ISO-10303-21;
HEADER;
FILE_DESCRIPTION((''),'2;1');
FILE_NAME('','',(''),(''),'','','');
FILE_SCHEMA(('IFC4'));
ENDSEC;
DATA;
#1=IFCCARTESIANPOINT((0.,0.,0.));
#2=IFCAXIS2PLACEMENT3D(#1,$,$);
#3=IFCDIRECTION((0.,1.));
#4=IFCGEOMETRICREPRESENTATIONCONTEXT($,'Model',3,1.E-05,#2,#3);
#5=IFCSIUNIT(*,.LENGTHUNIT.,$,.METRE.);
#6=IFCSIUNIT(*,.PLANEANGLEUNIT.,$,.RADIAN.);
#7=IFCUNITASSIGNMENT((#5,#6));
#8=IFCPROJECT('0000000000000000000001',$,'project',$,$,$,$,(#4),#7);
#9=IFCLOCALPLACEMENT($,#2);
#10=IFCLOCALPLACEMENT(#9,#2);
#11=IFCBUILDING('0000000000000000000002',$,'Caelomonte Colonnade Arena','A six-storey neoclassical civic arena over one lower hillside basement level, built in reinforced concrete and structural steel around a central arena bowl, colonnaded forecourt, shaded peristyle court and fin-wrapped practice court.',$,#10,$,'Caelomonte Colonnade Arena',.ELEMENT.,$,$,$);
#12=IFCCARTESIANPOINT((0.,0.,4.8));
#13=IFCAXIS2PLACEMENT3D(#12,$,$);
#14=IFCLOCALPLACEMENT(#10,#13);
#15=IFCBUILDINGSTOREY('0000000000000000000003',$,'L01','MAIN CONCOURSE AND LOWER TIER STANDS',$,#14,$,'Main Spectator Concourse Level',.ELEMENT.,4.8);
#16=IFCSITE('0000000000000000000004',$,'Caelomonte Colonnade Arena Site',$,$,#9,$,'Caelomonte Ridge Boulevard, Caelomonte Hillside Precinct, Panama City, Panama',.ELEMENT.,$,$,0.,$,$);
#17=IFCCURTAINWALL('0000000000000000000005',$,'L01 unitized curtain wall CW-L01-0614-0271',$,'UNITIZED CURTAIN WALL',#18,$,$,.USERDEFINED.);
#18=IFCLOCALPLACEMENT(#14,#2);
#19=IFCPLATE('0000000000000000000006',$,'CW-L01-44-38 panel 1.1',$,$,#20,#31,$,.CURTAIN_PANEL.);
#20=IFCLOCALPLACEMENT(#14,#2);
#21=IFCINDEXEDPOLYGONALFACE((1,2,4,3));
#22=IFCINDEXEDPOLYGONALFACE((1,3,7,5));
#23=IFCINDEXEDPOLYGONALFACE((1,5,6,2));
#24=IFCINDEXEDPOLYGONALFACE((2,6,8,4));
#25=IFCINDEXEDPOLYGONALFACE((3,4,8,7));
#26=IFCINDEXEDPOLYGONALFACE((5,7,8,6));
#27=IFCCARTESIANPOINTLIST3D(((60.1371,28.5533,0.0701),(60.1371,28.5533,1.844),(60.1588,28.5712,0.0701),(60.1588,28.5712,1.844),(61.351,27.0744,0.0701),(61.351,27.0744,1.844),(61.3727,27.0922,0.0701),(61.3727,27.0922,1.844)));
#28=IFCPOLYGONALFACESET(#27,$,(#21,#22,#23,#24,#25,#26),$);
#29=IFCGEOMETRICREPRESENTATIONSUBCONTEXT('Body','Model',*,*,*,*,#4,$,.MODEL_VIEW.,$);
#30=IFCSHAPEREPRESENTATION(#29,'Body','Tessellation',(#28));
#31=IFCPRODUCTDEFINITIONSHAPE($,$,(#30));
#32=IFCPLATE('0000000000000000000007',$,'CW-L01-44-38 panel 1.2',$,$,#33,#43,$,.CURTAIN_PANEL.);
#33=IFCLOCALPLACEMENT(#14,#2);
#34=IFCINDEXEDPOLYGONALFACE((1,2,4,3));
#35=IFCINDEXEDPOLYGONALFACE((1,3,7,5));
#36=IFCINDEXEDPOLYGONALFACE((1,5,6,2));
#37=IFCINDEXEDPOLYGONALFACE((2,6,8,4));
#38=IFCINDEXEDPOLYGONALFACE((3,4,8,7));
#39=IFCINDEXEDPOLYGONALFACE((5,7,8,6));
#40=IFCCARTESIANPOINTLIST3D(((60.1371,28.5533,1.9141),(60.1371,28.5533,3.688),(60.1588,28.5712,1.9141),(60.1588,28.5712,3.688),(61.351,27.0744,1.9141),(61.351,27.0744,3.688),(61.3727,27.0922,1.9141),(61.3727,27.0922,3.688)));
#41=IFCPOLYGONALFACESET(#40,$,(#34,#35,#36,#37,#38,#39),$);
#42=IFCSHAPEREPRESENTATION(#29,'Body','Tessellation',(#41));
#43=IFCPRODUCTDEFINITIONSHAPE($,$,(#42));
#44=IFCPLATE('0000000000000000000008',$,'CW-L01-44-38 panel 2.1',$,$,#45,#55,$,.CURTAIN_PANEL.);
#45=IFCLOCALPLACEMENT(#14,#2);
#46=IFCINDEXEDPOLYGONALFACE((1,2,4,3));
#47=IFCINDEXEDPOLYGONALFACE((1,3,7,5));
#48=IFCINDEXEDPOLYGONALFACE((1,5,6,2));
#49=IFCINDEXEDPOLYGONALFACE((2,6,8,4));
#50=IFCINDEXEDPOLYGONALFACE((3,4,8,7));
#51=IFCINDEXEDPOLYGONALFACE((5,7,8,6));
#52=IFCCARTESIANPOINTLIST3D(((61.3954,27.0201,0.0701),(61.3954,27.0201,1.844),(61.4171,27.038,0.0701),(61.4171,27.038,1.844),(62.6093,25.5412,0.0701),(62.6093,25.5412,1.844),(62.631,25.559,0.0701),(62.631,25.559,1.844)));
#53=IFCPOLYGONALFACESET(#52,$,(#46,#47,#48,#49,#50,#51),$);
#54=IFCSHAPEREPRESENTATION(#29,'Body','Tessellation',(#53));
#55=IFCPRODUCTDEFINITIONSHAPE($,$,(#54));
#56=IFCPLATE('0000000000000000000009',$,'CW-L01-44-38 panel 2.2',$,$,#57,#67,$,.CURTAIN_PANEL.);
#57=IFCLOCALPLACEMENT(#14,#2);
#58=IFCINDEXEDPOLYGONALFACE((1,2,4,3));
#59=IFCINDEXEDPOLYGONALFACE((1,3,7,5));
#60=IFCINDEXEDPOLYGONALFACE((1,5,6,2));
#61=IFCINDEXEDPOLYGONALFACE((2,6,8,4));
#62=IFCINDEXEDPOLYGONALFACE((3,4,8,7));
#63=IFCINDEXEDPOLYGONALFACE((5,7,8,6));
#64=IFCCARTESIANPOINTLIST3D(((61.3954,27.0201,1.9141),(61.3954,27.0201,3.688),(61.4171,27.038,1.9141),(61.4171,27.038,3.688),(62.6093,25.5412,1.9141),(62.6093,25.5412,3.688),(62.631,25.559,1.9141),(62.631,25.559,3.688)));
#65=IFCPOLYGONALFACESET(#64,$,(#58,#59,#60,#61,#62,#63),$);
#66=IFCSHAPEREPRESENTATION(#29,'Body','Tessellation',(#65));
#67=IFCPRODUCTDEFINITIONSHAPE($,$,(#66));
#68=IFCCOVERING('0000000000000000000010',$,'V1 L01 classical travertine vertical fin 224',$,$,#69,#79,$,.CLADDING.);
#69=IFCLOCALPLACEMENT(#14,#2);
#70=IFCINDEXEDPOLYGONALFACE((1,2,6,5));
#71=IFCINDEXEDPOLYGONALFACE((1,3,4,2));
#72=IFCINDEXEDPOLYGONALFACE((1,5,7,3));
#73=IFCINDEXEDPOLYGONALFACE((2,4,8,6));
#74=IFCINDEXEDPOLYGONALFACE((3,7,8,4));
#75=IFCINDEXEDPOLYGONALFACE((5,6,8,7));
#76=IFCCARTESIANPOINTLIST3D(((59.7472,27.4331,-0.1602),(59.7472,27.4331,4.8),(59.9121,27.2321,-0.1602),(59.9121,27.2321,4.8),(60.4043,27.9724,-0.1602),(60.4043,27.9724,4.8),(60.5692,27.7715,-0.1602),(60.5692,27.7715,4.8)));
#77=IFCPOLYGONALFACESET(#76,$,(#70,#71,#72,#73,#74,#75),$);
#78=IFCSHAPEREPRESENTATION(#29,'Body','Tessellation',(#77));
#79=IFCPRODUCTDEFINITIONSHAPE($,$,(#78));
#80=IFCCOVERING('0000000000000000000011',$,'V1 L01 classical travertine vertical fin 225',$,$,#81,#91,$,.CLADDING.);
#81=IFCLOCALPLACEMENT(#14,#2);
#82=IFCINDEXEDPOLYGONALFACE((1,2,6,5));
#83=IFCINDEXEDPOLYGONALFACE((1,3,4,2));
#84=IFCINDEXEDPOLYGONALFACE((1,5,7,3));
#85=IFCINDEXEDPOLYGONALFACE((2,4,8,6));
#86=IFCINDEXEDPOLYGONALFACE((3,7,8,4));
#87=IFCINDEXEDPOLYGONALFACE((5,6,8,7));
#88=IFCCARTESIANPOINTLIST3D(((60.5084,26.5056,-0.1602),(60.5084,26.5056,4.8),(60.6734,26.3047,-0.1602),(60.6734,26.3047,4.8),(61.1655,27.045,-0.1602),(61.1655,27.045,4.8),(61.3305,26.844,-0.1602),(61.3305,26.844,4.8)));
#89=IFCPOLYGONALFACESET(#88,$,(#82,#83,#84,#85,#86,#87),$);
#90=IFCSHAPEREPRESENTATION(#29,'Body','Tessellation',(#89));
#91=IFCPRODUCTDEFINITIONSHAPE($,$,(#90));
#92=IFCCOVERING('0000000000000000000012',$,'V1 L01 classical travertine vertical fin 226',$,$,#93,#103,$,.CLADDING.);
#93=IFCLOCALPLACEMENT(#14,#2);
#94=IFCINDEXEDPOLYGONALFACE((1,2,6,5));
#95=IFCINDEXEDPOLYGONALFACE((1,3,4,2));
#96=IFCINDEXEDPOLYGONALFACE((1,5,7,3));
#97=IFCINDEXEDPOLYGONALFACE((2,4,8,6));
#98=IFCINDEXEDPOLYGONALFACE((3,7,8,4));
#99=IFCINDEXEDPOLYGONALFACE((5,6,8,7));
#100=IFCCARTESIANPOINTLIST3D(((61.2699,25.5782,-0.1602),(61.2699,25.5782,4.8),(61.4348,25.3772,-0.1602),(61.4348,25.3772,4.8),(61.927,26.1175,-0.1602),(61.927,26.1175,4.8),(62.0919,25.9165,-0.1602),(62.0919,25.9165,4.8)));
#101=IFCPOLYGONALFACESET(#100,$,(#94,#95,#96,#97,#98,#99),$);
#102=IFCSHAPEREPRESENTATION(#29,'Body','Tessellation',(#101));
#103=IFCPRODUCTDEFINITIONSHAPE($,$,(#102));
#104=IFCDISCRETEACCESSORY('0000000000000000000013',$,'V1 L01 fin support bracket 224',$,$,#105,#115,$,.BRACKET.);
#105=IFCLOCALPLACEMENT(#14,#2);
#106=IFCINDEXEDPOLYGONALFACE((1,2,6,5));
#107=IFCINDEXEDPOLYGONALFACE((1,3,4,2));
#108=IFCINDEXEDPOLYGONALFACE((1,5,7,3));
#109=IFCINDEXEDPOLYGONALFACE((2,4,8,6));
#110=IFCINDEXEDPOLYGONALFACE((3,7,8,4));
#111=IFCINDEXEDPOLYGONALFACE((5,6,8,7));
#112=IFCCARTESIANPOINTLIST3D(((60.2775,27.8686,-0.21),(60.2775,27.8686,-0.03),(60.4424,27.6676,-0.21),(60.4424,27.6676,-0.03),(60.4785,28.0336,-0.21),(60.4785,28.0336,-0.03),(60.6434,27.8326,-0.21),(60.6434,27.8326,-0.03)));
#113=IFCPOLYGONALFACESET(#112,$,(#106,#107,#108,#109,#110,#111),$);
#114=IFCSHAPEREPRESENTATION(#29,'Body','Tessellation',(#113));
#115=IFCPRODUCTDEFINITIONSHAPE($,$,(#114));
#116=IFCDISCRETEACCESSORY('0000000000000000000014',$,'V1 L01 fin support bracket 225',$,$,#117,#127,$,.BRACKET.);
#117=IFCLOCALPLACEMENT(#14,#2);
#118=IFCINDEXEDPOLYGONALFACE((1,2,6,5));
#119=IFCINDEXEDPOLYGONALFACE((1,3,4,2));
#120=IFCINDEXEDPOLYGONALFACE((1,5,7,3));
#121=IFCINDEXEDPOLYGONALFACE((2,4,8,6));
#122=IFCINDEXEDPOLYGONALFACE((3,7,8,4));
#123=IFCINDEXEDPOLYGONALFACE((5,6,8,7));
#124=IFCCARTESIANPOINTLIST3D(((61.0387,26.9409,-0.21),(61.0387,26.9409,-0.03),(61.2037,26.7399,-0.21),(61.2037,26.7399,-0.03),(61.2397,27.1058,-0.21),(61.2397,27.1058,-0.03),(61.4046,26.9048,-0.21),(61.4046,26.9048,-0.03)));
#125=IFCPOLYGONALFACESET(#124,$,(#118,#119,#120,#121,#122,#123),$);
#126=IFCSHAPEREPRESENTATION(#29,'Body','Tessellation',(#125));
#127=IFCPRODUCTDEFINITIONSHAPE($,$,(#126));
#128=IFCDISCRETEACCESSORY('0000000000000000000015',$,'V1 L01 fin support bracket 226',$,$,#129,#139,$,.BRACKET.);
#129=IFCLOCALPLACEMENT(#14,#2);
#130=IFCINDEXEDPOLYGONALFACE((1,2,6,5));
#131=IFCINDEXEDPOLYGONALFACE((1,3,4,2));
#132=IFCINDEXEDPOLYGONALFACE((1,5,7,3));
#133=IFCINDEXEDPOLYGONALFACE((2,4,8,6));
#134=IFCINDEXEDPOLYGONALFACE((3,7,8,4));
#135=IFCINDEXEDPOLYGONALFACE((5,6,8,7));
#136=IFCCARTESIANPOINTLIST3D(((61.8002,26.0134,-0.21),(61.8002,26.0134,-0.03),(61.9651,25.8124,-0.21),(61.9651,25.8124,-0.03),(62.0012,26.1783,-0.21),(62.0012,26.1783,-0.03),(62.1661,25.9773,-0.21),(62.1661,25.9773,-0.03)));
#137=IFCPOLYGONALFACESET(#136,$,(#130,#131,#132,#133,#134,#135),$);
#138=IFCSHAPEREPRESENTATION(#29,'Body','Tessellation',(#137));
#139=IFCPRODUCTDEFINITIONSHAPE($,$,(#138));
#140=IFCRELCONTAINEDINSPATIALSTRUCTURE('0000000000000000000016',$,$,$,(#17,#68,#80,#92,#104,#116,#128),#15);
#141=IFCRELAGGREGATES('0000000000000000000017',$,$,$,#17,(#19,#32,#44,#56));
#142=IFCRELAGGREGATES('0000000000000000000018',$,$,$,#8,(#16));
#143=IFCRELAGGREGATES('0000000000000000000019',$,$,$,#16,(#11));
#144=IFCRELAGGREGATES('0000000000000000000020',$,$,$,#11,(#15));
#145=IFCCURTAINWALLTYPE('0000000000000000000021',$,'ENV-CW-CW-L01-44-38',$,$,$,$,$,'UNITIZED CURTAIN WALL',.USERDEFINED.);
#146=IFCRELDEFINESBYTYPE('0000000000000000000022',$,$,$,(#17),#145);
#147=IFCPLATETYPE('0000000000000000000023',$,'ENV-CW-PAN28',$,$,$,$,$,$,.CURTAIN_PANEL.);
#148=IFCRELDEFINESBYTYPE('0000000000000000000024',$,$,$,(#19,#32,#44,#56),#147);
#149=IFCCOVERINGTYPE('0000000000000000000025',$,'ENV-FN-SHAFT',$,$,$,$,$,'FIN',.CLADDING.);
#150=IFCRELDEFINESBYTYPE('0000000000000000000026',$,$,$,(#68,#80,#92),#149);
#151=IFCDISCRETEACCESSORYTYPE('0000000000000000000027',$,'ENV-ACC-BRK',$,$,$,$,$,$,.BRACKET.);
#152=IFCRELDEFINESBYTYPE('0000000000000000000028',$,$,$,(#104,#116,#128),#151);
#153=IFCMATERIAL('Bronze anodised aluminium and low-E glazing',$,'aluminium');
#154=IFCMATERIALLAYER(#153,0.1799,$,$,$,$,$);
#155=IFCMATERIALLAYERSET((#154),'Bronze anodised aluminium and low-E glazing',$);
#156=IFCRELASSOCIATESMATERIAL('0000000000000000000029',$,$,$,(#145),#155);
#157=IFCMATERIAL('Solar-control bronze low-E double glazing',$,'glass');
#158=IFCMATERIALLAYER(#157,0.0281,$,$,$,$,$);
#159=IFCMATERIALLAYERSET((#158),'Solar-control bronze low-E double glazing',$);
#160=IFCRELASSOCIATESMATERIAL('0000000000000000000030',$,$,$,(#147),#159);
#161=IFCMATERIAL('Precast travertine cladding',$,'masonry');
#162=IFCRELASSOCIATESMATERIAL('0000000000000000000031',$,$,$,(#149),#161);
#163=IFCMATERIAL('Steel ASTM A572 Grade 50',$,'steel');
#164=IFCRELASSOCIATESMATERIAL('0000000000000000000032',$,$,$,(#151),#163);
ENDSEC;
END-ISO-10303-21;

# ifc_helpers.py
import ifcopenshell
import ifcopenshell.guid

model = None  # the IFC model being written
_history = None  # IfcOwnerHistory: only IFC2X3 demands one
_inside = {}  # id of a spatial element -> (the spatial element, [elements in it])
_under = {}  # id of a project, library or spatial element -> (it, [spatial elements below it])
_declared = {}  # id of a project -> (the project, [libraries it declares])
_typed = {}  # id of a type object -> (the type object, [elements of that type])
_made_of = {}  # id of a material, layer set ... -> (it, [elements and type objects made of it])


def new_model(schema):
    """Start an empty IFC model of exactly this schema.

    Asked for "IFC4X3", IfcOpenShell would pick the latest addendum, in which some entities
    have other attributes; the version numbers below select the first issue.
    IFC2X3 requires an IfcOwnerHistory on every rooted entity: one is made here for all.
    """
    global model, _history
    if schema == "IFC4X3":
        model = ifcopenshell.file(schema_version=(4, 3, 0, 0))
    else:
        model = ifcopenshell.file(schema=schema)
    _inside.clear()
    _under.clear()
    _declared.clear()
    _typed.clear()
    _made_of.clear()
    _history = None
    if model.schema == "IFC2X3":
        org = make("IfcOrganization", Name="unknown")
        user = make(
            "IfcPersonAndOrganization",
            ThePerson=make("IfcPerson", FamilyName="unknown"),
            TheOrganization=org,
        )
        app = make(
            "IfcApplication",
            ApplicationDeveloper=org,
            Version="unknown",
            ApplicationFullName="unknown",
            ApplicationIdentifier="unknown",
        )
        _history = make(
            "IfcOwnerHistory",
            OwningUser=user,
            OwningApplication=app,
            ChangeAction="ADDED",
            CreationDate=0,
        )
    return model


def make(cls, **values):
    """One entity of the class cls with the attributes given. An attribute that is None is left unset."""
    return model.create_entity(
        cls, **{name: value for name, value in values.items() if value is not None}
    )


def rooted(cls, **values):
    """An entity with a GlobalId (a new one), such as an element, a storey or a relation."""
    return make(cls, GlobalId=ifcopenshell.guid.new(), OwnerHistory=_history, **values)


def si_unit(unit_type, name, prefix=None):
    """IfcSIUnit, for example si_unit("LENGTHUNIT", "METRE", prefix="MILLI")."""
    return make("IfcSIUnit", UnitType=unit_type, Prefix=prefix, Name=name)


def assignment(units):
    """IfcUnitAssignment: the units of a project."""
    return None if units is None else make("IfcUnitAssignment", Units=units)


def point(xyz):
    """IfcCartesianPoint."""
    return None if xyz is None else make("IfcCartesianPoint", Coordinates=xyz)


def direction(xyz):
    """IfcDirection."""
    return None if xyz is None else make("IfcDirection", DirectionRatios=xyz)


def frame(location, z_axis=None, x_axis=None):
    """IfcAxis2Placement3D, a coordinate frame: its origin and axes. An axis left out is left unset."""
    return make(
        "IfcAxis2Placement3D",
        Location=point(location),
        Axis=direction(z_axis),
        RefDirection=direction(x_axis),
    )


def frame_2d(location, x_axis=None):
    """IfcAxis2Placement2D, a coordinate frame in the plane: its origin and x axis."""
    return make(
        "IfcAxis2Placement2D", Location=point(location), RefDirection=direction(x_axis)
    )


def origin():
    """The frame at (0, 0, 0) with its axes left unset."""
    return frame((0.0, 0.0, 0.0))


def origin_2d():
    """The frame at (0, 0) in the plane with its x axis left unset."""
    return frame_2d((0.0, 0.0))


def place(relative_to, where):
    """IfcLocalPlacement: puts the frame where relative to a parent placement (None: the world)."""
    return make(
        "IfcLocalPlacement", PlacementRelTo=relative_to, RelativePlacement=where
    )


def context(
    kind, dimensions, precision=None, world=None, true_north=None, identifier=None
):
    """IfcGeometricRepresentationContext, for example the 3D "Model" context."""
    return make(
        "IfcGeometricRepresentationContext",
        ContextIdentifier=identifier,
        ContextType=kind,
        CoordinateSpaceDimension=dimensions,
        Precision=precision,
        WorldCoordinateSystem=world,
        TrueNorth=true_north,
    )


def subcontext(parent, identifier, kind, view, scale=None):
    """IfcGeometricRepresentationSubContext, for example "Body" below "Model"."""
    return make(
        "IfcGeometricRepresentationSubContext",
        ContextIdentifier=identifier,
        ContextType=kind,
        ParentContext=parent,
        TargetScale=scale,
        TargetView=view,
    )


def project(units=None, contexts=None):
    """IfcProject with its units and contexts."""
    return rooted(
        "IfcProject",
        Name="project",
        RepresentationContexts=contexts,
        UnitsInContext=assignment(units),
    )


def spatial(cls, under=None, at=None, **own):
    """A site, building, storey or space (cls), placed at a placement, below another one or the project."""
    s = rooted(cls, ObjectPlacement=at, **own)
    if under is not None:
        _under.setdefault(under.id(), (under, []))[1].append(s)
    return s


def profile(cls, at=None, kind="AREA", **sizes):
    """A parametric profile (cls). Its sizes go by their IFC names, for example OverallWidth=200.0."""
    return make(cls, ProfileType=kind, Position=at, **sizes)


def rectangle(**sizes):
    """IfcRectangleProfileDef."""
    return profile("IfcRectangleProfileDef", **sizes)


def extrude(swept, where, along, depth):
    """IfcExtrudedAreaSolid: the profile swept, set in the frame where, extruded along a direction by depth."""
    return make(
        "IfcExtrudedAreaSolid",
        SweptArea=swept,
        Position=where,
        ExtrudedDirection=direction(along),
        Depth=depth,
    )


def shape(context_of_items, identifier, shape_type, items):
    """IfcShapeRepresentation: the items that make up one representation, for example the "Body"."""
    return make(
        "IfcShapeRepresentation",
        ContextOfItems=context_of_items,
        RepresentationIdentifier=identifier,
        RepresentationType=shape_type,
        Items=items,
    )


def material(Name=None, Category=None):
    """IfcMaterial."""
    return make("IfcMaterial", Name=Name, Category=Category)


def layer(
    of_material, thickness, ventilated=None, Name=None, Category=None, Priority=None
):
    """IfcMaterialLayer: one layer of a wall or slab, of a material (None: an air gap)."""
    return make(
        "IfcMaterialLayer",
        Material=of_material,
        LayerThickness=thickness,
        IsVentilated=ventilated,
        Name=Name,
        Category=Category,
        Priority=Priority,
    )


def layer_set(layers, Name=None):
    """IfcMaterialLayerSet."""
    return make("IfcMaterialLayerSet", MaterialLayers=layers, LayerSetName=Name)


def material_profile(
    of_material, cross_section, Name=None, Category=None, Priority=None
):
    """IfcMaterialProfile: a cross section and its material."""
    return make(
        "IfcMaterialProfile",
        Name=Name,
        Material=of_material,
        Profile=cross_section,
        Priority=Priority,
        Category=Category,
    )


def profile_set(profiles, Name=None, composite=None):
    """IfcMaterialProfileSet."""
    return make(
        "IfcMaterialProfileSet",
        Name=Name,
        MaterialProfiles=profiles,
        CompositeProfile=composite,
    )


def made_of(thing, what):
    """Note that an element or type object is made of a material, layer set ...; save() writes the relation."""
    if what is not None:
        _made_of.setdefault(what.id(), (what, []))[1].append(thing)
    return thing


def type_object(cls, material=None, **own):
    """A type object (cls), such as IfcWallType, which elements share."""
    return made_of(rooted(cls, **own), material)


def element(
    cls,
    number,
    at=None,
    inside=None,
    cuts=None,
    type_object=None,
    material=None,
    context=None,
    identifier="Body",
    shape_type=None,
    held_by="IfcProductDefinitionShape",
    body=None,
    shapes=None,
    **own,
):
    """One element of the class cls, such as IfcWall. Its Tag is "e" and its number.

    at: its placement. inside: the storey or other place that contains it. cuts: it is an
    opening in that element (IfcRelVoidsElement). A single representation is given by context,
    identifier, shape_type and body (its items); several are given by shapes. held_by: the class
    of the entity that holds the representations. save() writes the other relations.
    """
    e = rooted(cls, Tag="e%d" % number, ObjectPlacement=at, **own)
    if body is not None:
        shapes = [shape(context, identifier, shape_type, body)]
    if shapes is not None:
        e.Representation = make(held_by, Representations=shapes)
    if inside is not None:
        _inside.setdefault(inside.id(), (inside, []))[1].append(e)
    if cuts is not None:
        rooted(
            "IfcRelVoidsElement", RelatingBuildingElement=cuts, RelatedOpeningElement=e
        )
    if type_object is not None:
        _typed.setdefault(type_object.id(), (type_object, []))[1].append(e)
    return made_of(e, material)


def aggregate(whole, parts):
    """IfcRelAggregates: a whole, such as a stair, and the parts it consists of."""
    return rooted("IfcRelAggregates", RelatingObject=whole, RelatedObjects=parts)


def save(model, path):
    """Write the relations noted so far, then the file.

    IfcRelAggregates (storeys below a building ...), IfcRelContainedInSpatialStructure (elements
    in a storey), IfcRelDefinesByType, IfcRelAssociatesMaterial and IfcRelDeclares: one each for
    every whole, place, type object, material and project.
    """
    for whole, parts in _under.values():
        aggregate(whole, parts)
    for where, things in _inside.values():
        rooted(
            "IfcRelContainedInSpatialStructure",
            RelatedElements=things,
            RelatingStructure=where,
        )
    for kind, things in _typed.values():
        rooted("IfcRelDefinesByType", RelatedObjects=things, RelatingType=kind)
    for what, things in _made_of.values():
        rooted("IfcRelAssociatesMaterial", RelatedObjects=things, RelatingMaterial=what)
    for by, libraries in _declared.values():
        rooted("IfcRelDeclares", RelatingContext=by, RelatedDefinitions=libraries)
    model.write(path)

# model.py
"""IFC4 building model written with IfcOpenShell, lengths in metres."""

from ifc_helpers import new_model, si_unit, direction, frame, origin, origin_2d, place, context, subcontext, project, spatial, rectangle, extrude, material, layer, layer_set, material_profile, profile_set, type_object, element, aggregate, save


model = new_model("IFC4")

# Units and contexts
model_context = context("Model", 3, precision=1e-05, world=origin(), true_north=direction((0.0, 1.0)))
body_context = subcontext(model_context, "Body", "Model", "MODEL_VIEW")
ifc_project = project(units=[si_unit("LENGTHUNIT", "METRE"), si_unit("PLANEANGLEUNIT", "RADIAN")], contexts=[model_context])

# Site, building, storey
site_placement = place(None, origin())
site = spatial("IfcSite", under=ifc_project, at=site_placement, Name="Caelomonte Colonnade Arena Site", LongName="Caelomonte Ridge Boulevard, Caelomonte Hillside Precinct, Panama City, Panama", CompositionType="ELEMENT", RefElevation=0.0)
building_placement = place(site_placement, origin())
building = spatial("IfcBuilding", under=site, at=building_placement, Name="Caelomonte Colonnade Arena", Description="A six-storey neoclassical civic arena over one lower hillside basement level, built in reinforced concrete and structural steel around a central arena bowl, colonnaded forecourt, shaded peristyle court and fin-wrapped practice court.", LongName="Caelomonte Colonnade Arena", CompositionType="ELEMENT")
storey_placement = place(building_placement, frame((0.0, 0.0, 4.8)))
storey = spatial("IfcBuildingStorey", under=building, at=storey_placement, Name="L01", Description="MAIN CONCOURSE AND LOWER TIER STANDS", LongName="Main Spectator Concourse Level", CompositionType="ELEMENT", Elevation=4.8)

# Shared definitions
ifc_material_1 = material(Name="Bronze anodised aluminium and low-E glazing", Category="aluminium")
ifc_layer_1 = layer(ifc_material_1, 0.1799)
ifc_layer_set_1 = layer_set([ifc_layer_1], Name="Bronze anodised aluminium and low-E glazing")
curtain_wall_type_1 = type_object("IfcCurtainWallType", Name="ENV-CW-CW-L01-44-38", ElementType="UNITIZED CURTAIN WALL", PredefinedType="USERDEFINED", material=ifc_layer_set_1)

# Curtain wall
curtain_wall_1_placement = place(storey_placement, origin())
curtain_wall_1 = element("IfcCurtainWall", 1, at=curtain_wall_1_placement, inside=storey, type_object=curtain_wall_type_1, Name="L01 unitized curtain wall CW-L01-0614-0271", ObjectType="UNITIZED CURTAIN WALL", PredefinedType="USERDEFINED")

# Plates
ifc_material_2 = material(Name="Solar-control bronze low-E double glazing", Category="glass")
ifc_layer_2 = layer(ifc_material_2, 0.0281)
ifc_layer_set_2 = layer_set([ifc_layer_2], Name="Solar-control bronze low-E double glazing")
plate_type = type_object("IfcPlateType", Name="ENV-CW-PAN28", PredefinedType="CURTAIN_PANEL", material=ifc_layer_set_2)
plate_1_placement = place(storey_placement, frame((60.7549, 27.8228, 0.0701), z_axis=(0.0, 0.0, 1.0), x_axis=(0.634416, -0.772992, 0.0)))
plate_1 = element("IfcPlate", 2, at=plate_1_placement, type_object=plate_type, Name="CW-L01-44-38 panel 1.1", PredefinedType="CURTAIN_PANEL", context=body_context, shape_type="SweptSolid", body=[
    extrude(rectangle(XDim=1.9133, YDim=0.0281, at=origin_2d()), origin(), (0.0, 0.0, 1.0), 1.7739),
])
plate_2_placement = place(storey_placement, frame((60.7549, 27.8228, 1.9141), z_axis=(0.0, 0.0, 1.0), x_axis=(0.634416, -0.772992, 0.0)))
plate_2 = element("IfcPlate", 3, at=plate_2_placement, type_object=plate_type, Name="CW-L01-44-38 panel 1.2", PredefinedType="CURTAIN_PANEL", context=body_context, shape_type="SweptSolid", body=[
    extrude(rectangle(XDim=1.9133, YDim=0.0281, at=origin_2d()), origin(), (0.0, 0.0, 1.0), 1.7739),
])
plate_3_placement = place(storey_placement, frame((62.0132, 26.2896, 0.0701), z_axis=(0.0, 0.0, 1.0), x_axis=(0.634416, -0.772992, 0.0)))
plate_3 = element("IfcPlate", 4, at=plate_3_placement, type_object=plate_type, Name="CW-L01-44-38 panel 2.1", PredefinedType="CURTAIN_PANEL", context=body_context, shape_type="SweptSolid", body=[
    extrude(rectangle(XDim=1.9133, YDim=0.0281, at=origin_2d()), origin(), (0.0, 0.0, 1.0), 1.7739),
])
plate_4_placement = place(storey_placement, frame((62.0132, 26.2896, 1.9141), z_axis=(0.0, 0.0, 1.0), x_axis=(0.634416, -0.772992, 0.0)))
plate_4 = element("IfcPlate", 5, at=plate_4_placement, type_object=plate_type, Name="CW-L01-44-38 panel 2.2", PredefinedType="CURTAIN_PANEL", context=body_context, shape_type="SweptSolid", body=[
    extrude(rectangle(XDim=1.9133, YDim=0.0281, at=origin_2d()), origin(), (0.0, 0.0, 1.0), 1.7739),
])
aggregate(curtain_wall_1, [plate_1, plate_2, plate_3, plate_4])

# Coverings
ifc_material_3 = material(Name="Precast travertine cladding", Category="masonry")
ifc_material_profile_1 = material_profile(ifc_material_3, rectangle(XDim=0.26, YDim=0.8501, at=origin_2d()), Name="FIN260X850")
ifc_profile_set_1 = profile_set([ifc_material_profile_1], Name="Precast travertine cladding")
covering_type = type_object("IfcCoveringType", Name="ENV-FN-SHAFT", ElementType="FIN", PredefinedType="CLADDING", material=ifc_profile_set_1)
for number, where, z_axis, x_axis, name in (
    (6, (60.1582, 27.6023, -0.1602), (0.0, 0.0, 1.0), (-0.634414, 0.772994, 0.0), "V1 L01 classical travertine vertical fin 224"),
    (7, (60.9194, 26.6748, -0.1602), (0.0, 0.0, 1.0), (-0.634414, 0.772994, 0.0), "V1 L01 classical travertine vertical fin 225"),
    (8, (61.6809, 25.7473, -0.1602), (0.0, 0.0, 1.0), (-0.634414, 0.772994, 0.0), "V1 L01 classical travertine vertical fin 226"),
):
    element("IfcCovering", number, at=place(storey_placement, frame(where, z_axis=z_axis, x_axis=x_axis)), inside=storey, type_object=covering_type, Name=name, PredefinedType="CLADDING", context=body_context, shape_type="SweptSolid", body=[
        extrude(rectangle(XDim=0.26, YDim=0.8501, at=origin_2d()), origin(), (0.0, 0.0, 1.0), 4.9602),
    ])

# Discrete accessories
ifc_material_4 = material(Name="Steel ASTM A572 Grade 50", Category="steel")
discrete_accessory_type = type_object("IfcDiscreteAccessoryType", Name="ENV-ACC-BRK", PredefinedType="BRACKET", material=ifc_material_4)
for number, where, z_axis, x_axis, name in (
    (9, (60.4604, 27.8506, -0.21), (0.0, 0.0, 1.0), (0.634414, -0.772994, 0.0), "V1 L01 fin support bracket 224"),
    (10, (61.2217, 26.9229, -0.21), (0.0, 0.0, 1.0), (0.634414, -0.772994, 0.0), "V1 L01 fin support bracket 225"),
    (11, (61.9832, 25.9954, -0.21), (0.0, 0.0, 1.0), (0.634414, -0.772994, 0.0), "V1 L01 fin support bracket 226"),
):
    element("IfcDiscreteAccessory", number, at=place(storey_placement, frame(where, z_axis=z_axis, x_axis=x_axis)), inside=storey, type_object=discrete_accessory_type, Name=name, PredefinedType="BRACKET", context=body_context, shape_type="SweptSolid", body=[
        extrude(rectangle(XDim=0.26, YDim=0.26, at=origin_2d()), origin(), (0.0, 0.0, 1.0), 0.1799),
    ])

save(model, "model.ifc")
